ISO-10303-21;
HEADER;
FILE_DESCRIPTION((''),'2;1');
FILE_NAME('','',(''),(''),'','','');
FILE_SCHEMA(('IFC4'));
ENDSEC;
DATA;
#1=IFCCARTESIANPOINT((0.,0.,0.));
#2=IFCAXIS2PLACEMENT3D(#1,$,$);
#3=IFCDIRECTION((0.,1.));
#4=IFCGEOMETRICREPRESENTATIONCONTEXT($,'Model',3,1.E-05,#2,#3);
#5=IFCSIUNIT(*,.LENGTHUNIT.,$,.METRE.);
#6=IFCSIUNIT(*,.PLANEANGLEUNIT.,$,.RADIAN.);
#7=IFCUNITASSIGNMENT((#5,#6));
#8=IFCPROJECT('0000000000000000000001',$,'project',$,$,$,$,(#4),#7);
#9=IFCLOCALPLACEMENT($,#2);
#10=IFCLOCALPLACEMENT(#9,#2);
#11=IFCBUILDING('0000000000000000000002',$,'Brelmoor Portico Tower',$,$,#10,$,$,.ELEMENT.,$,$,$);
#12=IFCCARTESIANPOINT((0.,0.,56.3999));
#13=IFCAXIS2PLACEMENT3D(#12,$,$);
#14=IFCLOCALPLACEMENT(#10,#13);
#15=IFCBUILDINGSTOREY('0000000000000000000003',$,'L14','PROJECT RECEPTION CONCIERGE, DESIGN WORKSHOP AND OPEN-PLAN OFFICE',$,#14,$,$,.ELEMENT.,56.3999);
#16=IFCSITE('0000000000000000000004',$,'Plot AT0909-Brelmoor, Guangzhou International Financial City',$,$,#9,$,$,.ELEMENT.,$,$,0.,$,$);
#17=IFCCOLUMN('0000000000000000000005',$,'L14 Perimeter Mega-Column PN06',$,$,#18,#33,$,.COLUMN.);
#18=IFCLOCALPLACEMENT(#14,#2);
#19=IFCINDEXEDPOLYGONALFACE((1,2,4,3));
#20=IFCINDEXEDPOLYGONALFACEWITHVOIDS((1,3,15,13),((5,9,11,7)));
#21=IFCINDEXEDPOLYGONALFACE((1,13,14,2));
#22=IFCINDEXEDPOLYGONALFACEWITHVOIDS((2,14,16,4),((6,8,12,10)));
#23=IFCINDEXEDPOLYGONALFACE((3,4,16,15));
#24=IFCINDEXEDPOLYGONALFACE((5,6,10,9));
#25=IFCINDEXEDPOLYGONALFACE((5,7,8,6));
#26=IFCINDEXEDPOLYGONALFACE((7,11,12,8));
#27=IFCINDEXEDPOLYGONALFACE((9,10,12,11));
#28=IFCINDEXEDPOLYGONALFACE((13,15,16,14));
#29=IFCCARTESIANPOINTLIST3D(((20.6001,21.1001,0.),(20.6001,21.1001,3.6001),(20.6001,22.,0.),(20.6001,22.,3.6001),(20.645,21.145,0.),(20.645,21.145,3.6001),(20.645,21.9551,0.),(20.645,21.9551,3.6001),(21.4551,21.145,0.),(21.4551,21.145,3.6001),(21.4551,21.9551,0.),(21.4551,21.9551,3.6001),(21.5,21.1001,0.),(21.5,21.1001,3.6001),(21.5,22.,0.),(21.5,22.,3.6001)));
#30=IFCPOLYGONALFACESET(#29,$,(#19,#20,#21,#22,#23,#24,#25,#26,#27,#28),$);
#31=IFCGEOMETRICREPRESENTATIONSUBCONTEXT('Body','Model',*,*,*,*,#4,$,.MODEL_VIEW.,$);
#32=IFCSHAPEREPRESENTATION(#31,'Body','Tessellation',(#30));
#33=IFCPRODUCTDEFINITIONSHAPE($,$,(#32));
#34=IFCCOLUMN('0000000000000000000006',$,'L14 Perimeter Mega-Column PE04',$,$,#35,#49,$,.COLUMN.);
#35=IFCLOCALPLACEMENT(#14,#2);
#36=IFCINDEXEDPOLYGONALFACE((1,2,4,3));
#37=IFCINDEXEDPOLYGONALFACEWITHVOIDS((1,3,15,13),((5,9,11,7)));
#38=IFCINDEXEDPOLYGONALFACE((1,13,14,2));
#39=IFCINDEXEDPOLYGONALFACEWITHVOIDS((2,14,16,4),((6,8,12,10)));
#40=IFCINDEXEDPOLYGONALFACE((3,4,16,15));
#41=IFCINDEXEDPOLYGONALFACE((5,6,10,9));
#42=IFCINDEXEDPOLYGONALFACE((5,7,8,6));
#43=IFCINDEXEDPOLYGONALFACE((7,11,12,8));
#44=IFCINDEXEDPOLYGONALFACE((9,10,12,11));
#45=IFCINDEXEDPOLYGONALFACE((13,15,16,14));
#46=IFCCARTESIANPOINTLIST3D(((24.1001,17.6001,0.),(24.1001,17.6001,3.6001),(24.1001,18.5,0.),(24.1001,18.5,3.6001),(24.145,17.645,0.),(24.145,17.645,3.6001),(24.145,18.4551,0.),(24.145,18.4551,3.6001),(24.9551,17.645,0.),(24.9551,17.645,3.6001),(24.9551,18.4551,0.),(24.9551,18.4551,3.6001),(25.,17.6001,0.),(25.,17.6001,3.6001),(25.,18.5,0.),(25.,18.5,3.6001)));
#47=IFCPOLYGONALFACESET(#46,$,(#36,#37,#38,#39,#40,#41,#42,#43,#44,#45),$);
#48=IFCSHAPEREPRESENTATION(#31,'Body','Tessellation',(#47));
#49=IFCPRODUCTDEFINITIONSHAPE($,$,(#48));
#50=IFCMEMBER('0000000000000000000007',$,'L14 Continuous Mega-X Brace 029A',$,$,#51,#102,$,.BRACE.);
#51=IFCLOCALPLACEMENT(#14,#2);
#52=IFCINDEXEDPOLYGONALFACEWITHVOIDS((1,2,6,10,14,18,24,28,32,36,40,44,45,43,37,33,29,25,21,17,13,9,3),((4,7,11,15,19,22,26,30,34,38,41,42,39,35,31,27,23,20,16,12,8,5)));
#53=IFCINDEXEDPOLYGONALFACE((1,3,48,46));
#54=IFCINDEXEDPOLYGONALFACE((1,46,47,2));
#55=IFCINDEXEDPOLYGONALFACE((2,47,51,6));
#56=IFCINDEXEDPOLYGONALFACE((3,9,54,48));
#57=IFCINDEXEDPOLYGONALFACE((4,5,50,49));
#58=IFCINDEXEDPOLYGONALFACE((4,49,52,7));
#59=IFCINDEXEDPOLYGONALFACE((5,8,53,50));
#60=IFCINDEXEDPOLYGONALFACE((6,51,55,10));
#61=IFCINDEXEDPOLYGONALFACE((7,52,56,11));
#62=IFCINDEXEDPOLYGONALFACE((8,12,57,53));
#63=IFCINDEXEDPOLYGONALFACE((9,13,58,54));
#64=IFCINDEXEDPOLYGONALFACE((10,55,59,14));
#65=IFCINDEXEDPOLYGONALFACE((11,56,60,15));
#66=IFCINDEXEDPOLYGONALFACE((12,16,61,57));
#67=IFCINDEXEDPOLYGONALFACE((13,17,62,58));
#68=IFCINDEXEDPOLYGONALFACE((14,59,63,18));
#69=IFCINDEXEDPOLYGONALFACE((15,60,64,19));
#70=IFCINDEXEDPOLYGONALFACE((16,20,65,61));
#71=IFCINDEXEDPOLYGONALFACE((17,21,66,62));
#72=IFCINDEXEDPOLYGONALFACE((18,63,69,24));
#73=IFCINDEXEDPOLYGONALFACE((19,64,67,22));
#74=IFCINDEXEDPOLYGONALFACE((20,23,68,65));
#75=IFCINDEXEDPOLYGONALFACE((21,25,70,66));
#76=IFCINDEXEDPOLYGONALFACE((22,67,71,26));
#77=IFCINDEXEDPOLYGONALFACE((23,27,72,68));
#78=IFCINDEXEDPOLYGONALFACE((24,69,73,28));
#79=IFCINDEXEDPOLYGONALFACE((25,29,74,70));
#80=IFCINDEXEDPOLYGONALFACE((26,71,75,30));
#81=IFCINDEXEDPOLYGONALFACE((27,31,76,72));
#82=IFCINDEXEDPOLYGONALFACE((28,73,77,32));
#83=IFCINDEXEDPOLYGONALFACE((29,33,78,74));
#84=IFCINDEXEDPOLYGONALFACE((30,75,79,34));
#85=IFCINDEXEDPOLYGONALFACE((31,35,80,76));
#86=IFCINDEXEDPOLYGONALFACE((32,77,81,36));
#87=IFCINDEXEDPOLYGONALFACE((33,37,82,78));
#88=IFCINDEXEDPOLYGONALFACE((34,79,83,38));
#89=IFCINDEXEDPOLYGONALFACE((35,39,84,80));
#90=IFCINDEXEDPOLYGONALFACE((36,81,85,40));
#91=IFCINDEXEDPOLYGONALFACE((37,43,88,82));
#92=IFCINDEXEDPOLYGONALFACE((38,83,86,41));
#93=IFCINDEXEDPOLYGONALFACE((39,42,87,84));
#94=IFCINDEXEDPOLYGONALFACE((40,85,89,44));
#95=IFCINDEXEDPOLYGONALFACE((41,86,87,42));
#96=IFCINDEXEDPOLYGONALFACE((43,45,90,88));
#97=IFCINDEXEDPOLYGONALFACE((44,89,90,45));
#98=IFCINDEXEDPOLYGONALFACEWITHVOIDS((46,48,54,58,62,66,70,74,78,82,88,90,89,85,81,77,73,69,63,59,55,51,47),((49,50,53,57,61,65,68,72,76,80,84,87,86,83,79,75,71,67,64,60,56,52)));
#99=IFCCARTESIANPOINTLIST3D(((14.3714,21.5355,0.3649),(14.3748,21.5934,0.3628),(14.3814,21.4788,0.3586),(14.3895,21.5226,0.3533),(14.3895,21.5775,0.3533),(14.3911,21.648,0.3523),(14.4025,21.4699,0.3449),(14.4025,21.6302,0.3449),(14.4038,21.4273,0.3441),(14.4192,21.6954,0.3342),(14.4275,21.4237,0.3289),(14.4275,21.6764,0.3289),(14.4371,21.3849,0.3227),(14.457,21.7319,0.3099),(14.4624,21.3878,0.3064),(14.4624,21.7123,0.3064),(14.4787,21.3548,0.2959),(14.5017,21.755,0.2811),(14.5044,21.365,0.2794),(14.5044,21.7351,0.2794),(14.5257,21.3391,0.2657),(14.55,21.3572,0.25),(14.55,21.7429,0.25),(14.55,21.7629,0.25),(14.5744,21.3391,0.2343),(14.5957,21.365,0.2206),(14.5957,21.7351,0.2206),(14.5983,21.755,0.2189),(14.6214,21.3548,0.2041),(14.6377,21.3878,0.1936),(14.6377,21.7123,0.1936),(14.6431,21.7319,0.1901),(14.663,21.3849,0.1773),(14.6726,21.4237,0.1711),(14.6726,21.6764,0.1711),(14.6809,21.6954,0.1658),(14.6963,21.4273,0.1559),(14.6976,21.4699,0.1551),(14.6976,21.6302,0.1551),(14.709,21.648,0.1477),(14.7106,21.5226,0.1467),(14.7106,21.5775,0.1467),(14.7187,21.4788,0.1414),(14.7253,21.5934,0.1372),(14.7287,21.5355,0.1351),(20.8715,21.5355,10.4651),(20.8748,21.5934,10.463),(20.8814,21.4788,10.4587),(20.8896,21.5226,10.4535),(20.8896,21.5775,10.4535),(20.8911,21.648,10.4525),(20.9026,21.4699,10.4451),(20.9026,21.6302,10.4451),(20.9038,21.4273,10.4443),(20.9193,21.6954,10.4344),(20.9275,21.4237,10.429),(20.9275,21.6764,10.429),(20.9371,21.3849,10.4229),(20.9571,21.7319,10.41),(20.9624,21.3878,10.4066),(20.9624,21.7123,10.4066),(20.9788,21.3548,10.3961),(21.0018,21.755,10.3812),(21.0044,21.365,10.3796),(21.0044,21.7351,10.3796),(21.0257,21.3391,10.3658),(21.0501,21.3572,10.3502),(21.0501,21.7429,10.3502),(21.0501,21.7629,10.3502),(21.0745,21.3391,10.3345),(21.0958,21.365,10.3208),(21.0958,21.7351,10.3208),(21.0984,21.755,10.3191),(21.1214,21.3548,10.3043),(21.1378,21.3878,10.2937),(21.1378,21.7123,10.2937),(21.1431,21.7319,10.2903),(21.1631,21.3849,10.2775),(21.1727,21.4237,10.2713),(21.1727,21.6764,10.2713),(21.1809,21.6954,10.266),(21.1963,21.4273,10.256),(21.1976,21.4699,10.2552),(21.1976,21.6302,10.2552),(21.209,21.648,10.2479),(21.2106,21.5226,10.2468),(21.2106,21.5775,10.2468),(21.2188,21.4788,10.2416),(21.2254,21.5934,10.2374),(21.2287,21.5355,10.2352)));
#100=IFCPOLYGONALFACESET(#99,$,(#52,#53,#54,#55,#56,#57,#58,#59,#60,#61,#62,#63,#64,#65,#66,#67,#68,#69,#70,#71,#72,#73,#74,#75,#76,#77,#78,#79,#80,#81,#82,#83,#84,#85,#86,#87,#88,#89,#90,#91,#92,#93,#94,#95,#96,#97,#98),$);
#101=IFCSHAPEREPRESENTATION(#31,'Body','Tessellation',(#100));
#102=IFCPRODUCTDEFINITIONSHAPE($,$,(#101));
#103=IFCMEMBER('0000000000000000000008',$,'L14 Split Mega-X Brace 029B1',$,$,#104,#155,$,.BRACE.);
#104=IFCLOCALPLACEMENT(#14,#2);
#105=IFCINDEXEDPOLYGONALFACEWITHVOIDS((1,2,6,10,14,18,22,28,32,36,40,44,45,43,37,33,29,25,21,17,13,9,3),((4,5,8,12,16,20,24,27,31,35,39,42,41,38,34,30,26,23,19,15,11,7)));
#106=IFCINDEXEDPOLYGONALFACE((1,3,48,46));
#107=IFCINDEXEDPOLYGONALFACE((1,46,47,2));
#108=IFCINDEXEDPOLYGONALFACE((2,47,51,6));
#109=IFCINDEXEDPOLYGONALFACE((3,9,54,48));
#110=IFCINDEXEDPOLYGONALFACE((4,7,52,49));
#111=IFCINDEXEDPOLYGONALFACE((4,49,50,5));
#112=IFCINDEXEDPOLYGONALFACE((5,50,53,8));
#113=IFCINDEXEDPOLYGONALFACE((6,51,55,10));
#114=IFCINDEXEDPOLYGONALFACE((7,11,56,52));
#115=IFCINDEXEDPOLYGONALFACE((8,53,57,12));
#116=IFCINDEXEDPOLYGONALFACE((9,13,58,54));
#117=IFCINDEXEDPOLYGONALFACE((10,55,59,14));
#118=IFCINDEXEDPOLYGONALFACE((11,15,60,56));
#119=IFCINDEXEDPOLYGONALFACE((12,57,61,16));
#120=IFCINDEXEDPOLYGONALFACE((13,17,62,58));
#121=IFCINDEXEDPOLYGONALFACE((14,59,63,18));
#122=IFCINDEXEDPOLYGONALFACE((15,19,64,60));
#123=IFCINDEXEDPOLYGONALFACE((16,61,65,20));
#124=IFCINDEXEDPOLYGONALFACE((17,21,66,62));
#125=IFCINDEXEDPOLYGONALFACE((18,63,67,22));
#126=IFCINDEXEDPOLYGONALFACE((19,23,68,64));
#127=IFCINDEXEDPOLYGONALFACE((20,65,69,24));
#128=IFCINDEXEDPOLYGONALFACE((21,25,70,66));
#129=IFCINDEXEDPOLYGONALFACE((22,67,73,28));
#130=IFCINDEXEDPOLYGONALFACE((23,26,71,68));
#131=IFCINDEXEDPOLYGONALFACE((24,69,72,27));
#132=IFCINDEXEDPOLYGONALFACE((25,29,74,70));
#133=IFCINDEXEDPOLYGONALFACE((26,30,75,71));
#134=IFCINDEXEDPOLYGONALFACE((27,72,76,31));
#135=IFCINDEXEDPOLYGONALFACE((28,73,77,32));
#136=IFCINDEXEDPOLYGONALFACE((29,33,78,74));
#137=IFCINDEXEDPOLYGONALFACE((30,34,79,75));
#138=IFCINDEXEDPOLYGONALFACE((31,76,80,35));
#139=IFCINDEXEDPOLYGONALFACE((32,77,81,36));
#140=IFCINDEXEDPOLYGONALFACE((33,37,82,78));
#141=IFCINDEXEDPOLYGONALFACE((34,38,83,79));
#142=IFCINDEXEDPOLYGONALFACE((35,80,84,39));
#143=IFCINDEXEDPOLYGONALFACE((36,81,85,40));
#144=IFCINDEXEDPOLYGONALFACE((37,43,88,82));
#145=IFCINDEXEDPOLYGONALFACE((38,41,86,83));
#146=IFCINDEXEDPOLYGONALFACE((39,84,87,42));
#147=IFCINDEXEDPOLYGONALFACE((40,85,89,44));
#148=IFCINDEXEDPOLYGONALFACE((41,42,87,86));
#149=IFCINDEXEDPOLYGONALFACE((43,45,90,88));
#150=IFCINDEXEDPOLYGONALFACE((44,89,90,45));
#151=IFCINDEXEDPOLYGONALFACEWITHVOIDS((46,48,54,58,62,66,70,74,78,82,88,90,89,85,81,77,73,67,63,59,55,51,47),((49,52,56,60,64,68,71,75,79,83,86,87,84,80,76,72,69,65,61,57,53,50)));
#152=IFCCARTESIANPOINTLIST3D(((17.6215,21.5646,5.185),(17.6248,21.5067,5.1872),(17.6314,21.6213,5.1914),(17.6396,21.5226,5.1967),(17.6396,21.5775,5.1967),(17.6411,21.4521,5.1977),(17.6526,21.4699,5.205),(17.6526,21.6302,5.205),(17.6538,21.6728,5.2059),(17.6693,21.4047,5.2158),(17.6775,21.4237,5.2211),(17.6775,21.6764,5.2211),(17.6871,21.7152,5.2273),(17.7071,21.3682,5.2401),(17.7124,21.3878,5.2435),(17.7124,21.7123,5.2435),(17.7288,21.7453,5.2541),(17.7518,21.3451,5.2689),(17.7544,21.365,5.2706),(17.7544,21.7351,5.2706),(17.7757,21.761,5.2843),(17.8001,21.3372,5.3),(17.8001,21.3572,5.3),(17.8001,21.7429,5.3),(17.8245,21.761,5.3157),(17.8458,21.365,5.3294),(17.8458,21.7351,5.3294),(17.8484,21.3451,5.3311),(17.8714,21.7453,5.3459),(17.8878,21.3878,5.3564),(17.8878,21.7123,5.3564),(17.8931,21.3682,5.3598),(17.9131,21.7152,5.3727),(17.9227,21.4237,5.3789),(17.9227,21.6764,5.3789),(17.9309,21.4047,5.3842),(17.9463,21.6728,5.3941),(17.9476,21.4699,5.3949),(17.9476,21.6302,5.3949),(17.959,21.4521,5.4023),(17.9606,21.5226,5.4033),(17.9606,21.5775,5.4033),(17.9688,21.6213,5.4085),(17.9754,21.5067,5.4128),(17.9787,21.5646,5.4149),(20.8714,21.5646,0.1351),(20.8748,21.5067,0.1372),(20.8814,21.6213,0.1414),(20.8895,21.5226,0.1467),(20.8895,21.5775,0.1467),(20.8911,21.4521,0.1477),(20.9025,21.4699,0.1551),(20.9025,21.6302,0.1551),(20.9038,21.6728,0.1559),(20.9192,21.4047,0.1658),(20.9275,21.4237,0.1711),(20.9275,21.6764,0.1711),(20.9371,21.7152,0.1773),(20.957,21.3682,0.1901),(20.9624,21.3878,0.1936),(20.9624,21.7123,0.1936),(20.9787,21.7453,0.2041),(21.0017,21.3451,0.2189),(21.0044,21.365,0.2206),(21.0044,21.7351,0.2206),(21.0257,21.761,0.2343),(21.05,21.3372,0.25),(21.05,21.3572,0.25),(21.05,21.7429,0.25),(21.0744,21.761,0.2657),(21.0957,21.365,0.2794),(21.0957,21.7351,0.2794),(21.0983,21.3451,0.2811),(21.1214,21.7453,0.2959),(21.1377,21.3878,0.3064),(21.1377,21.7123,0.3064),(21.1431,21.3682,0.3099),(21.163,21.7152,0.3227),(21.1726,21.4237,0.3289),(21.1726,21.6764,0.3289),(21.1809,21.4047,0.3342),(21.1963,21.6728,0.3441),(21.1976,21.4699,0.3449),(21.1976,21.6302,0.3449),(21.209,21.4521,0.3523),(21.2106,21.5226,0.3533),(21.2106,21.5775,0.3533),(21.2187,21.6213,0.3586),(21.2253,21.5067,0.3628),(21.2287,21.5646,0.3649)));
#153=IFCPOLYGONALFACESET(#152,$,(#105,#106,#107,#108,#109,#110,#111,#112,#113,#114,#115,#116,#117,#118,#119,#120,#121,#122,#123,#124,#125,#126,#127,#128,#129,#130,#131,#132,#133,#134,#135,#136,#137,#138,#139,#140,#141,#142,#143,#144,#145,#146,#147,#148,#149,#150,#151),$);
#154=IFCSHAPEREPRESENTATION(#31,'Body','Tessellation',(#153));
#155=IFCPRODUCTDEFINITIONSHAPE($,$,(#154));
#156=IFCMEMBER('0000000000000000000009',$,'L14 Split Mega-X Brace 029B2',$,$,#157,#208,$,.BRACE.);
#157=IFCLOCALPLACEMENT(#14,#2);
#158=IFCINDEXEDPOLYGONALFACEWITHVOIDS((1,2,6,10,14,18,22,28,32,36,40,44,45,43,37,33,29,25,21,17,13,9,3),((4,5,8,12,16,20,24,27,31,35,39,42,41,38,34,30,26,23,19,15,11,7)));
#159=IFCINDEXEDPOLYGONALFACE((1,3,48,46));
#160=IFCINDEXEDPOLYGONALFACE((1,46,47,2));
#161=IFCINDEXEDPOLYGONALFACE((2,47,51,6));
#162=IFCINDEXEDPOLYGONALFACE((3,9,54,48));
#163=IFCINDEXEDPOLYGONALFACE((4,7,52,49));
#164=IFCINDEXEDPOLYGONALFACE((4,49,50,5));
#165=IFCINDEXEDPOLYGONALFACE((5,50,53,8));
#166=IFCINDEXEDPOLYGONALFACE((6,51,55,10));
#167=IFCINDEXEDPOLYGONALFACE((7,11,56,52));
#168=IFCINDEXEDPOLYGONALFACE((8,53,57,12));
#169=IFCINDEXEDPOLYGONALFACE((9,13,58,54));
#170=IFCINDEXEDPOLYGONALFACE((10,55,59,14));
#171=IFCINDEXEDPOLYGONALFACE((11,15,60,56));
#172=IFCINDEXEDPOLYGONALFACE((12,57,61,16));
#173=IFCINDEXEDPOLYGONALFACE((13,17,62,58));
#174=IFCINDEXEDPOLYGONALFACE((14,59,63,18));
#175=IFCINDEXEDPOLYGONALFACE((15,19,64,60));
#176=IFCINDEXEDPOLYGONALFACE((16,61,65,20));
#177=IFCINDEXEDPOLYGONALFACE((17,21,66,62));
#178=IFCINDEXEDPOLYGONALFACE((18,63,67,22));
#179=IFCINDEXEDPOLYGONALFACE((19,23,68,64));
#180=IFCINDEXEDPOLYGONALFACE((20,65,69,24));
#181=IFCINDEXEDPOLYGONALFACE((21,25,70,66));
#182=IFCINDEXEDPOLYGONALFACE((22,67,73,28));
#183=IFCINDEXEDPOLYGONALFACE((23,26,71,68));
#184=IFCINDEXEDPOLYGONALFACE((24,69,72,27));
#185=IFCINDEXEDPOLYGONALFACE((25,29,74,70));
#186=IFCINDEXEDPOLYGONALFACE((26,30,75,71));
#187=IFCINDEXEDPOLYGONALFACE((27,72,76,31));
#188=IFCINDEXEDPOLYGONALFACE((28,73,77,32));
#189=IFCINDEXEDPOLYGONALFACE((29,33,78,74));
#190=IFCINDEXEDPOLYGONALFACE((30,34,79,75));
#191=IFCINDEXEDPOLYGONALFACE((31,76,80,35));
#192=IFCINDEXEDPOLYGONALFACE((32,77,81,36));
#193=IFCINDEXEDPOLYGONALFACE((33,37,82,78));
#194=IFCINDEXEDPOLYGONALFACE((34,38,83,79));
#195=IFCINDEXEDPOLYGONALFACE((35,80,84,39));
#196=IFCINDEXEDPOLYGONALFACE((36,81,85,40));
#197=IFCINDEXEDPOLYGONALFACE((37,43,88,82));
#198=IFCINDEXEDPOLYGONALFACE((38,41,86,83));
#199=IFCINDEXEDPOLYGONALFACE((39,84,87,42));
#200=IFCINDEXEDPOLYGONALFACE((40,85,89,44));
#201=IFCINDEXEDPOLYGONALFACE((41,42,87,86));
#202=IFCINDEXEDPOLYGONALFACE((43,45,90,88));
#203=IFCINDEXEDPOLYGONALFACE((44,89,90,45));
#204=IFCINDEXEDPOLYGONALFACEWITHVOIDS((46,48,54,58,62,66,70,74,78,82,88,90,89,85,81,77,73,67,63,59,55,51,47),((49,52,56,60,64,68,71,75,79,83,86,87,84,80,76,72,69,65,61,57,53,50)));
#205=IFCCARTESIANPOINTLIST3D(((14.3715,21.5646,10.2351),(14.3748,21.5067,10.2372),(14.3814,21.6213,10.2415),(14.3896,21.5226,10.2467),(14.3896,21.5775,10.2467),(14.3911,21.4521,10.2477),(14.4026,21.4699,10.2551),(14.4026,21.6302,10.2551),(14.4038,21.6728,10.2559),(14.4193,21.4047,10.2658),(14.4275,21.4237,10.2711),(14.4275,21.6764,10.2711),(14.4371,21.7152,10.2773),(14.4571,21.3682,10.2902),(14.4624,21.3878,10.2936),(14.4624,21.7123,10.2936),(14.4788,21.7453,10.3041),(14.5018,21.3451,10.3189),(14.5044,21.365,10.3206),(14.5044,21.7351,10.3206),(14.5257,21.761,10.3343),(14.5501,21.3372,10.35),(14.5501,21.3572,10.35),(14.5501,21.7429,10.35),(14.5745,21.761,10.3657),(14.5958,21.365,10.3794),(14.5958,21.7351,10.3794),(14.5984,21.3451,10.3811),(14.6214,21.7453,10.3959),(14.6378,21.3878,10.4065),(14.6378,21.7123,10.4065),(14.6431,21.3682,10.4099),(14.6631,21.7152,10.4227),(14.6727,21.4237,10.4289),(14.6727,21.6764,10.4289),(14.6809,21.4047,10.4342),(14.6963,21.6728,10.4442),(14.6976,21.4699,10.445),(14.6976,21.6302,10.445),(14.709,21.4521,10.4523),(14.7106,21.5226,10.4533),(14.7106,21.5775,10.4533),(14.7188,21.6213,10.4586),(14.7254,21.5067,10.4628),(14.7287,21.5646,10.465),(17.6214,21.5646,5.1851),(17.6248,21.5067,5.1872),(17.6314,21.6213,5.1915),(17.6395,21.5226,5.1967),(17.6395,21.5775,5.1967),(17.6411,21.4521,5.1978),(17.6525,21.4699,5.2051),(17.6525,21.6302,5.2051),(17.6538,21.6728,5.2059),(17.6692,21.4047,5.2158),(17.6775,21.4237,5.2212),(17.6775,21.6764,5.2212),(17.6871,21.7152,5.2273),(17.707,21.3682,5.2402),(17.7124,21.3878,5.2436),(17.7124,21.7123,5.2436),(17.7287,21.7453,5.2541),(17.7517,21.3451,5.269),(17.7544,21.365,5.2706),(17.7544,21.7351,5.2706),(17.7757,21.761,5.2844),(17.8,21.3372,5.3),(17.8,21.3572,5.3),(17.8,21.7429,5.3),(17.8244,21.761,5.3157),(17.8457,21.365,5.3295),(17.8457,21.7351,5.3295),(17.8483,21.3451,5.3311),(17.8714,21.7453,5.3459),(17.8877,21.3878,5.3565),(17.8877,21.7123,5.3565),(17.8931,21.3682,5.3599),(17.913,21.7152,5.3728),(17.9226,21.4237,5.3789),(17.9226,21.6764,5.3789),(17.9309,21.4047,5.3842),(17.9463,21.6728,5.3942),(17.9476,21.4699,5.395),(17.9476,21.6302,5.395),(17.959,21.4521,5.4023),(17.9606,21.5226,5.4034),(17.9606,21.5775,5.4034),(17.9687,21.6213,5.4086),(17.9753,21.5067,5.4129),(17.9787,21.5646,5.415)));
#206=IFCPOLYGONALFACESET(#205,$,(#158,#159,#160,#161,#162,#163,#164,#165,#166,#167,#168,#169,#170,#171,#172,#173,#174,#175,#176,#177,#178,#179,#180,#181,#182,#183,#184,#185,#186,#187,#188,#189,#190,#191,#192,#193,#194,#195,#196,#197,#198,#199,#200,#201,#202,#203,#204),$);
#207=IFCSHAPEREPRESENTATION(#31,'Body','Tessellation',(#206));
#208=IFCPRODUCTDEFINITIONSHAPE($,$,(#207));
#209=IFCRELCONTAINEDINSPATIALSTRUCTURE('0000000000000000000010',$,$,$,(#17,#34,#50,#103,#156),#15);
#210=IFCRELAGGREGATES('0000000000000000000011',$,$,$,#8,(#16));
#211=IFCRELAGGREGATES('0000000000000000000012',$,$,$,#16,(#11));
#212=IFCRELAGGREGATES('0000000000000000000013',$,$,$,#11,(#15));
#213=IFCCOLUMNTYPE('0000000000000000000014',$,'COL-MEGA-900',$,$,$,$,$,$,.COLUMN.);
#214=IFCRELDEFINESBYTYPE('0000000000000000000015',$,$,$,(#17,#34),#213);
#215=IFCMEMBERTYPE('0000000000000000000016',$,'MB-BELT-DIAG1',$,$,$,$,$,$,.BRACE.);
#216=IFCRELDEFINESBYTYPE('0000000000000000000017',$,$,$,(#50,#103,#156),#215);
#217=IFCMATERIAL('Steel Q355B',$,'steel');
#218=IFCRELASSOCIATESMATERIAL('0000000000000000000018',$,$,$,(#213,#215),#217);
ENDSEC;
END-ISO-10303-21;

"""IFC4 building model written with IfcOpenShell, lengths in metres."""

from ifc_helpers import new_model, si_unit, direction, frame, origin, origin_2d, place, context, subcontext, project, spatial, hollow_rectangle, hollow_circle, extrude, material, material_profile, profile_set, type_object, element, save


model = new_model("IFC4")

# Units and contexts
model_context = context("Model", 3, precision=1e-05, world=origin(), true_north=direction((0.0, 1.0)))
body_context = subcontext(model_context, "Body", "Model", "MODEL_VIEW")
ifc_project = project(units=[si_unit("LENGTHUNIT", "METRE"), si_unit("PLANEANGLEUNIT", "RADIAN")], contexts=[model_context])

# Site, building, storey
site_placement = place(None, origin())
site = spatial("IfcSite", under=ifc_project, at=site_placement, Name="Plot AT0909-Brelmoor, Guangzhou International Financial City", CompositionType="ELEMENT", RefElevation=0.0)
building_placement = place(site_placement, origin())
building = spatial("IfcBuilding", under=site, at=building_placement, Name="Brelmoor Portico Tower", CompositionType="ELEMENT")
storey_placement = place(building_placement, frame((0.0, 0.0, 56.3999)))
storey = spatial("IfcBuildingStorey", under=building, at=storey_placement, Name="L14", Description="PROJECT RECEPTION CONCIERGE, DESIGN WORKSHOP AND OPEN-PLAN OFFICE", CompositionType="ELEMENT", Elevation=56.3999)

# Columns
ifc_material_1 = material(Name="Steel Q355B", Category="steel")
ifc_material_profile_1 = material_profile(ifc_material_1, hollow_rectangle(XDim=0.8999, YDim=0.8999, WallThickness=0.0449, at=origin_2d()), Name="BOX 900x900x45")
ifc_profile_set_1 = profile_set([ifc_material_profile_1], Name="Steel Q355B")
column_type = type_object("IfcColumnType", Name="COL-MEGA-900", PredefinedType="COLUMN", material=ifc_profile_set_1)
for number, where, z_axis, x_axis, name in (
    (1, (21.05, 21.55, 0.0), (0.0, 0.0, 1.0), (1.0, 0.0, 0.0), "L14 Perimeter Mega-Column PN06"),
    (2, (24.55, 18.05, 0.0), (0.0, 0.0, 1.0), (0.0, 1.0, 0.0), "L14 Perimeter Mega-Column PE04"),
):
    element("IfcColumn", number, at=place(storey_placement, frame(where, z_axis=z_axis, x_axis=x_axis)), inside=storey, type_object=column_type, Name=name, PredefinedType="COLUMN", context=body_context, shape_type="SweptSolid", body=[
        extrude(hollow_rectangle(XDim=0.8999, YDim=0.8999, WallThickness=0.0449, at=origin_2d()), origin(), (0.0, 0.0, 1.0), 3.6001),
    ])

# Members
ifc_material_profile_2 = material_profile(ifc_material_1, hollow_circle(Radius=0.2129, WallThickness=0.02, at=origin_2d()), Name="CHS 426x20")
ifc_profile_set_2 = profile_set([ifc_material_profile_2], Name="Steel Q355B")
member_type_1 = type_object("IfcMemberType", Name="MB-BELT-DIAG1", PredefinedType="BRACE", material=ifc_profile_set_2)
member_1_placement = place(storey_placement, frame((14.55, 21.55, 0.25), z_axis=(0.541175, 0.0, 0.84091), x_axis=(0.0, 1.0, 0.0)))
element("IfcMember", 3, at=member_1_placement, inside=storey, type_object=member_type_1, Name="L14 Continuous Mega-X Brace 029A", PredefinedType="BRACE", context=body_context, shape_type="SweptSolid", body=[
    extrude(hollow_circle(Radius=0.2129, WallThickness=0.02, at=origin_2d()), origin(), (0.0, 0.0, 1.0), 12.011),
])
for number, where, z_axis, x_axis, name in (
    (4, (21.05, 21.55, 0.25), (-0.541175, 0.0, 0.84091), (0.0, -1.0, 0.0), "L14 Split Mega-X Brace 029B1"),
    (5, (17.8, 21.55, 5.3), (-0.541175, 0.0, 0.84091), (0.0, -1.0, 0.0), "L14 Split Mega-X Brace 029B2"),
):
    element("IfcMember", number, at=place(storey_placement, frame(where, z_axis=z_axis, x_axis=x_axis)), inside=storey, type_object=member_type_1, Name=name, PredefinedType="BRACE", context=body_context, shape_type="SweptSolid", body=[
        extrude(hollow_circle(Radius=0.2129, WallThickness=0.02, at=origin_2d()), origin(), (0.0, 0.0, 1.0), 6.0054),
    ])

save(model, "model.ifc")
